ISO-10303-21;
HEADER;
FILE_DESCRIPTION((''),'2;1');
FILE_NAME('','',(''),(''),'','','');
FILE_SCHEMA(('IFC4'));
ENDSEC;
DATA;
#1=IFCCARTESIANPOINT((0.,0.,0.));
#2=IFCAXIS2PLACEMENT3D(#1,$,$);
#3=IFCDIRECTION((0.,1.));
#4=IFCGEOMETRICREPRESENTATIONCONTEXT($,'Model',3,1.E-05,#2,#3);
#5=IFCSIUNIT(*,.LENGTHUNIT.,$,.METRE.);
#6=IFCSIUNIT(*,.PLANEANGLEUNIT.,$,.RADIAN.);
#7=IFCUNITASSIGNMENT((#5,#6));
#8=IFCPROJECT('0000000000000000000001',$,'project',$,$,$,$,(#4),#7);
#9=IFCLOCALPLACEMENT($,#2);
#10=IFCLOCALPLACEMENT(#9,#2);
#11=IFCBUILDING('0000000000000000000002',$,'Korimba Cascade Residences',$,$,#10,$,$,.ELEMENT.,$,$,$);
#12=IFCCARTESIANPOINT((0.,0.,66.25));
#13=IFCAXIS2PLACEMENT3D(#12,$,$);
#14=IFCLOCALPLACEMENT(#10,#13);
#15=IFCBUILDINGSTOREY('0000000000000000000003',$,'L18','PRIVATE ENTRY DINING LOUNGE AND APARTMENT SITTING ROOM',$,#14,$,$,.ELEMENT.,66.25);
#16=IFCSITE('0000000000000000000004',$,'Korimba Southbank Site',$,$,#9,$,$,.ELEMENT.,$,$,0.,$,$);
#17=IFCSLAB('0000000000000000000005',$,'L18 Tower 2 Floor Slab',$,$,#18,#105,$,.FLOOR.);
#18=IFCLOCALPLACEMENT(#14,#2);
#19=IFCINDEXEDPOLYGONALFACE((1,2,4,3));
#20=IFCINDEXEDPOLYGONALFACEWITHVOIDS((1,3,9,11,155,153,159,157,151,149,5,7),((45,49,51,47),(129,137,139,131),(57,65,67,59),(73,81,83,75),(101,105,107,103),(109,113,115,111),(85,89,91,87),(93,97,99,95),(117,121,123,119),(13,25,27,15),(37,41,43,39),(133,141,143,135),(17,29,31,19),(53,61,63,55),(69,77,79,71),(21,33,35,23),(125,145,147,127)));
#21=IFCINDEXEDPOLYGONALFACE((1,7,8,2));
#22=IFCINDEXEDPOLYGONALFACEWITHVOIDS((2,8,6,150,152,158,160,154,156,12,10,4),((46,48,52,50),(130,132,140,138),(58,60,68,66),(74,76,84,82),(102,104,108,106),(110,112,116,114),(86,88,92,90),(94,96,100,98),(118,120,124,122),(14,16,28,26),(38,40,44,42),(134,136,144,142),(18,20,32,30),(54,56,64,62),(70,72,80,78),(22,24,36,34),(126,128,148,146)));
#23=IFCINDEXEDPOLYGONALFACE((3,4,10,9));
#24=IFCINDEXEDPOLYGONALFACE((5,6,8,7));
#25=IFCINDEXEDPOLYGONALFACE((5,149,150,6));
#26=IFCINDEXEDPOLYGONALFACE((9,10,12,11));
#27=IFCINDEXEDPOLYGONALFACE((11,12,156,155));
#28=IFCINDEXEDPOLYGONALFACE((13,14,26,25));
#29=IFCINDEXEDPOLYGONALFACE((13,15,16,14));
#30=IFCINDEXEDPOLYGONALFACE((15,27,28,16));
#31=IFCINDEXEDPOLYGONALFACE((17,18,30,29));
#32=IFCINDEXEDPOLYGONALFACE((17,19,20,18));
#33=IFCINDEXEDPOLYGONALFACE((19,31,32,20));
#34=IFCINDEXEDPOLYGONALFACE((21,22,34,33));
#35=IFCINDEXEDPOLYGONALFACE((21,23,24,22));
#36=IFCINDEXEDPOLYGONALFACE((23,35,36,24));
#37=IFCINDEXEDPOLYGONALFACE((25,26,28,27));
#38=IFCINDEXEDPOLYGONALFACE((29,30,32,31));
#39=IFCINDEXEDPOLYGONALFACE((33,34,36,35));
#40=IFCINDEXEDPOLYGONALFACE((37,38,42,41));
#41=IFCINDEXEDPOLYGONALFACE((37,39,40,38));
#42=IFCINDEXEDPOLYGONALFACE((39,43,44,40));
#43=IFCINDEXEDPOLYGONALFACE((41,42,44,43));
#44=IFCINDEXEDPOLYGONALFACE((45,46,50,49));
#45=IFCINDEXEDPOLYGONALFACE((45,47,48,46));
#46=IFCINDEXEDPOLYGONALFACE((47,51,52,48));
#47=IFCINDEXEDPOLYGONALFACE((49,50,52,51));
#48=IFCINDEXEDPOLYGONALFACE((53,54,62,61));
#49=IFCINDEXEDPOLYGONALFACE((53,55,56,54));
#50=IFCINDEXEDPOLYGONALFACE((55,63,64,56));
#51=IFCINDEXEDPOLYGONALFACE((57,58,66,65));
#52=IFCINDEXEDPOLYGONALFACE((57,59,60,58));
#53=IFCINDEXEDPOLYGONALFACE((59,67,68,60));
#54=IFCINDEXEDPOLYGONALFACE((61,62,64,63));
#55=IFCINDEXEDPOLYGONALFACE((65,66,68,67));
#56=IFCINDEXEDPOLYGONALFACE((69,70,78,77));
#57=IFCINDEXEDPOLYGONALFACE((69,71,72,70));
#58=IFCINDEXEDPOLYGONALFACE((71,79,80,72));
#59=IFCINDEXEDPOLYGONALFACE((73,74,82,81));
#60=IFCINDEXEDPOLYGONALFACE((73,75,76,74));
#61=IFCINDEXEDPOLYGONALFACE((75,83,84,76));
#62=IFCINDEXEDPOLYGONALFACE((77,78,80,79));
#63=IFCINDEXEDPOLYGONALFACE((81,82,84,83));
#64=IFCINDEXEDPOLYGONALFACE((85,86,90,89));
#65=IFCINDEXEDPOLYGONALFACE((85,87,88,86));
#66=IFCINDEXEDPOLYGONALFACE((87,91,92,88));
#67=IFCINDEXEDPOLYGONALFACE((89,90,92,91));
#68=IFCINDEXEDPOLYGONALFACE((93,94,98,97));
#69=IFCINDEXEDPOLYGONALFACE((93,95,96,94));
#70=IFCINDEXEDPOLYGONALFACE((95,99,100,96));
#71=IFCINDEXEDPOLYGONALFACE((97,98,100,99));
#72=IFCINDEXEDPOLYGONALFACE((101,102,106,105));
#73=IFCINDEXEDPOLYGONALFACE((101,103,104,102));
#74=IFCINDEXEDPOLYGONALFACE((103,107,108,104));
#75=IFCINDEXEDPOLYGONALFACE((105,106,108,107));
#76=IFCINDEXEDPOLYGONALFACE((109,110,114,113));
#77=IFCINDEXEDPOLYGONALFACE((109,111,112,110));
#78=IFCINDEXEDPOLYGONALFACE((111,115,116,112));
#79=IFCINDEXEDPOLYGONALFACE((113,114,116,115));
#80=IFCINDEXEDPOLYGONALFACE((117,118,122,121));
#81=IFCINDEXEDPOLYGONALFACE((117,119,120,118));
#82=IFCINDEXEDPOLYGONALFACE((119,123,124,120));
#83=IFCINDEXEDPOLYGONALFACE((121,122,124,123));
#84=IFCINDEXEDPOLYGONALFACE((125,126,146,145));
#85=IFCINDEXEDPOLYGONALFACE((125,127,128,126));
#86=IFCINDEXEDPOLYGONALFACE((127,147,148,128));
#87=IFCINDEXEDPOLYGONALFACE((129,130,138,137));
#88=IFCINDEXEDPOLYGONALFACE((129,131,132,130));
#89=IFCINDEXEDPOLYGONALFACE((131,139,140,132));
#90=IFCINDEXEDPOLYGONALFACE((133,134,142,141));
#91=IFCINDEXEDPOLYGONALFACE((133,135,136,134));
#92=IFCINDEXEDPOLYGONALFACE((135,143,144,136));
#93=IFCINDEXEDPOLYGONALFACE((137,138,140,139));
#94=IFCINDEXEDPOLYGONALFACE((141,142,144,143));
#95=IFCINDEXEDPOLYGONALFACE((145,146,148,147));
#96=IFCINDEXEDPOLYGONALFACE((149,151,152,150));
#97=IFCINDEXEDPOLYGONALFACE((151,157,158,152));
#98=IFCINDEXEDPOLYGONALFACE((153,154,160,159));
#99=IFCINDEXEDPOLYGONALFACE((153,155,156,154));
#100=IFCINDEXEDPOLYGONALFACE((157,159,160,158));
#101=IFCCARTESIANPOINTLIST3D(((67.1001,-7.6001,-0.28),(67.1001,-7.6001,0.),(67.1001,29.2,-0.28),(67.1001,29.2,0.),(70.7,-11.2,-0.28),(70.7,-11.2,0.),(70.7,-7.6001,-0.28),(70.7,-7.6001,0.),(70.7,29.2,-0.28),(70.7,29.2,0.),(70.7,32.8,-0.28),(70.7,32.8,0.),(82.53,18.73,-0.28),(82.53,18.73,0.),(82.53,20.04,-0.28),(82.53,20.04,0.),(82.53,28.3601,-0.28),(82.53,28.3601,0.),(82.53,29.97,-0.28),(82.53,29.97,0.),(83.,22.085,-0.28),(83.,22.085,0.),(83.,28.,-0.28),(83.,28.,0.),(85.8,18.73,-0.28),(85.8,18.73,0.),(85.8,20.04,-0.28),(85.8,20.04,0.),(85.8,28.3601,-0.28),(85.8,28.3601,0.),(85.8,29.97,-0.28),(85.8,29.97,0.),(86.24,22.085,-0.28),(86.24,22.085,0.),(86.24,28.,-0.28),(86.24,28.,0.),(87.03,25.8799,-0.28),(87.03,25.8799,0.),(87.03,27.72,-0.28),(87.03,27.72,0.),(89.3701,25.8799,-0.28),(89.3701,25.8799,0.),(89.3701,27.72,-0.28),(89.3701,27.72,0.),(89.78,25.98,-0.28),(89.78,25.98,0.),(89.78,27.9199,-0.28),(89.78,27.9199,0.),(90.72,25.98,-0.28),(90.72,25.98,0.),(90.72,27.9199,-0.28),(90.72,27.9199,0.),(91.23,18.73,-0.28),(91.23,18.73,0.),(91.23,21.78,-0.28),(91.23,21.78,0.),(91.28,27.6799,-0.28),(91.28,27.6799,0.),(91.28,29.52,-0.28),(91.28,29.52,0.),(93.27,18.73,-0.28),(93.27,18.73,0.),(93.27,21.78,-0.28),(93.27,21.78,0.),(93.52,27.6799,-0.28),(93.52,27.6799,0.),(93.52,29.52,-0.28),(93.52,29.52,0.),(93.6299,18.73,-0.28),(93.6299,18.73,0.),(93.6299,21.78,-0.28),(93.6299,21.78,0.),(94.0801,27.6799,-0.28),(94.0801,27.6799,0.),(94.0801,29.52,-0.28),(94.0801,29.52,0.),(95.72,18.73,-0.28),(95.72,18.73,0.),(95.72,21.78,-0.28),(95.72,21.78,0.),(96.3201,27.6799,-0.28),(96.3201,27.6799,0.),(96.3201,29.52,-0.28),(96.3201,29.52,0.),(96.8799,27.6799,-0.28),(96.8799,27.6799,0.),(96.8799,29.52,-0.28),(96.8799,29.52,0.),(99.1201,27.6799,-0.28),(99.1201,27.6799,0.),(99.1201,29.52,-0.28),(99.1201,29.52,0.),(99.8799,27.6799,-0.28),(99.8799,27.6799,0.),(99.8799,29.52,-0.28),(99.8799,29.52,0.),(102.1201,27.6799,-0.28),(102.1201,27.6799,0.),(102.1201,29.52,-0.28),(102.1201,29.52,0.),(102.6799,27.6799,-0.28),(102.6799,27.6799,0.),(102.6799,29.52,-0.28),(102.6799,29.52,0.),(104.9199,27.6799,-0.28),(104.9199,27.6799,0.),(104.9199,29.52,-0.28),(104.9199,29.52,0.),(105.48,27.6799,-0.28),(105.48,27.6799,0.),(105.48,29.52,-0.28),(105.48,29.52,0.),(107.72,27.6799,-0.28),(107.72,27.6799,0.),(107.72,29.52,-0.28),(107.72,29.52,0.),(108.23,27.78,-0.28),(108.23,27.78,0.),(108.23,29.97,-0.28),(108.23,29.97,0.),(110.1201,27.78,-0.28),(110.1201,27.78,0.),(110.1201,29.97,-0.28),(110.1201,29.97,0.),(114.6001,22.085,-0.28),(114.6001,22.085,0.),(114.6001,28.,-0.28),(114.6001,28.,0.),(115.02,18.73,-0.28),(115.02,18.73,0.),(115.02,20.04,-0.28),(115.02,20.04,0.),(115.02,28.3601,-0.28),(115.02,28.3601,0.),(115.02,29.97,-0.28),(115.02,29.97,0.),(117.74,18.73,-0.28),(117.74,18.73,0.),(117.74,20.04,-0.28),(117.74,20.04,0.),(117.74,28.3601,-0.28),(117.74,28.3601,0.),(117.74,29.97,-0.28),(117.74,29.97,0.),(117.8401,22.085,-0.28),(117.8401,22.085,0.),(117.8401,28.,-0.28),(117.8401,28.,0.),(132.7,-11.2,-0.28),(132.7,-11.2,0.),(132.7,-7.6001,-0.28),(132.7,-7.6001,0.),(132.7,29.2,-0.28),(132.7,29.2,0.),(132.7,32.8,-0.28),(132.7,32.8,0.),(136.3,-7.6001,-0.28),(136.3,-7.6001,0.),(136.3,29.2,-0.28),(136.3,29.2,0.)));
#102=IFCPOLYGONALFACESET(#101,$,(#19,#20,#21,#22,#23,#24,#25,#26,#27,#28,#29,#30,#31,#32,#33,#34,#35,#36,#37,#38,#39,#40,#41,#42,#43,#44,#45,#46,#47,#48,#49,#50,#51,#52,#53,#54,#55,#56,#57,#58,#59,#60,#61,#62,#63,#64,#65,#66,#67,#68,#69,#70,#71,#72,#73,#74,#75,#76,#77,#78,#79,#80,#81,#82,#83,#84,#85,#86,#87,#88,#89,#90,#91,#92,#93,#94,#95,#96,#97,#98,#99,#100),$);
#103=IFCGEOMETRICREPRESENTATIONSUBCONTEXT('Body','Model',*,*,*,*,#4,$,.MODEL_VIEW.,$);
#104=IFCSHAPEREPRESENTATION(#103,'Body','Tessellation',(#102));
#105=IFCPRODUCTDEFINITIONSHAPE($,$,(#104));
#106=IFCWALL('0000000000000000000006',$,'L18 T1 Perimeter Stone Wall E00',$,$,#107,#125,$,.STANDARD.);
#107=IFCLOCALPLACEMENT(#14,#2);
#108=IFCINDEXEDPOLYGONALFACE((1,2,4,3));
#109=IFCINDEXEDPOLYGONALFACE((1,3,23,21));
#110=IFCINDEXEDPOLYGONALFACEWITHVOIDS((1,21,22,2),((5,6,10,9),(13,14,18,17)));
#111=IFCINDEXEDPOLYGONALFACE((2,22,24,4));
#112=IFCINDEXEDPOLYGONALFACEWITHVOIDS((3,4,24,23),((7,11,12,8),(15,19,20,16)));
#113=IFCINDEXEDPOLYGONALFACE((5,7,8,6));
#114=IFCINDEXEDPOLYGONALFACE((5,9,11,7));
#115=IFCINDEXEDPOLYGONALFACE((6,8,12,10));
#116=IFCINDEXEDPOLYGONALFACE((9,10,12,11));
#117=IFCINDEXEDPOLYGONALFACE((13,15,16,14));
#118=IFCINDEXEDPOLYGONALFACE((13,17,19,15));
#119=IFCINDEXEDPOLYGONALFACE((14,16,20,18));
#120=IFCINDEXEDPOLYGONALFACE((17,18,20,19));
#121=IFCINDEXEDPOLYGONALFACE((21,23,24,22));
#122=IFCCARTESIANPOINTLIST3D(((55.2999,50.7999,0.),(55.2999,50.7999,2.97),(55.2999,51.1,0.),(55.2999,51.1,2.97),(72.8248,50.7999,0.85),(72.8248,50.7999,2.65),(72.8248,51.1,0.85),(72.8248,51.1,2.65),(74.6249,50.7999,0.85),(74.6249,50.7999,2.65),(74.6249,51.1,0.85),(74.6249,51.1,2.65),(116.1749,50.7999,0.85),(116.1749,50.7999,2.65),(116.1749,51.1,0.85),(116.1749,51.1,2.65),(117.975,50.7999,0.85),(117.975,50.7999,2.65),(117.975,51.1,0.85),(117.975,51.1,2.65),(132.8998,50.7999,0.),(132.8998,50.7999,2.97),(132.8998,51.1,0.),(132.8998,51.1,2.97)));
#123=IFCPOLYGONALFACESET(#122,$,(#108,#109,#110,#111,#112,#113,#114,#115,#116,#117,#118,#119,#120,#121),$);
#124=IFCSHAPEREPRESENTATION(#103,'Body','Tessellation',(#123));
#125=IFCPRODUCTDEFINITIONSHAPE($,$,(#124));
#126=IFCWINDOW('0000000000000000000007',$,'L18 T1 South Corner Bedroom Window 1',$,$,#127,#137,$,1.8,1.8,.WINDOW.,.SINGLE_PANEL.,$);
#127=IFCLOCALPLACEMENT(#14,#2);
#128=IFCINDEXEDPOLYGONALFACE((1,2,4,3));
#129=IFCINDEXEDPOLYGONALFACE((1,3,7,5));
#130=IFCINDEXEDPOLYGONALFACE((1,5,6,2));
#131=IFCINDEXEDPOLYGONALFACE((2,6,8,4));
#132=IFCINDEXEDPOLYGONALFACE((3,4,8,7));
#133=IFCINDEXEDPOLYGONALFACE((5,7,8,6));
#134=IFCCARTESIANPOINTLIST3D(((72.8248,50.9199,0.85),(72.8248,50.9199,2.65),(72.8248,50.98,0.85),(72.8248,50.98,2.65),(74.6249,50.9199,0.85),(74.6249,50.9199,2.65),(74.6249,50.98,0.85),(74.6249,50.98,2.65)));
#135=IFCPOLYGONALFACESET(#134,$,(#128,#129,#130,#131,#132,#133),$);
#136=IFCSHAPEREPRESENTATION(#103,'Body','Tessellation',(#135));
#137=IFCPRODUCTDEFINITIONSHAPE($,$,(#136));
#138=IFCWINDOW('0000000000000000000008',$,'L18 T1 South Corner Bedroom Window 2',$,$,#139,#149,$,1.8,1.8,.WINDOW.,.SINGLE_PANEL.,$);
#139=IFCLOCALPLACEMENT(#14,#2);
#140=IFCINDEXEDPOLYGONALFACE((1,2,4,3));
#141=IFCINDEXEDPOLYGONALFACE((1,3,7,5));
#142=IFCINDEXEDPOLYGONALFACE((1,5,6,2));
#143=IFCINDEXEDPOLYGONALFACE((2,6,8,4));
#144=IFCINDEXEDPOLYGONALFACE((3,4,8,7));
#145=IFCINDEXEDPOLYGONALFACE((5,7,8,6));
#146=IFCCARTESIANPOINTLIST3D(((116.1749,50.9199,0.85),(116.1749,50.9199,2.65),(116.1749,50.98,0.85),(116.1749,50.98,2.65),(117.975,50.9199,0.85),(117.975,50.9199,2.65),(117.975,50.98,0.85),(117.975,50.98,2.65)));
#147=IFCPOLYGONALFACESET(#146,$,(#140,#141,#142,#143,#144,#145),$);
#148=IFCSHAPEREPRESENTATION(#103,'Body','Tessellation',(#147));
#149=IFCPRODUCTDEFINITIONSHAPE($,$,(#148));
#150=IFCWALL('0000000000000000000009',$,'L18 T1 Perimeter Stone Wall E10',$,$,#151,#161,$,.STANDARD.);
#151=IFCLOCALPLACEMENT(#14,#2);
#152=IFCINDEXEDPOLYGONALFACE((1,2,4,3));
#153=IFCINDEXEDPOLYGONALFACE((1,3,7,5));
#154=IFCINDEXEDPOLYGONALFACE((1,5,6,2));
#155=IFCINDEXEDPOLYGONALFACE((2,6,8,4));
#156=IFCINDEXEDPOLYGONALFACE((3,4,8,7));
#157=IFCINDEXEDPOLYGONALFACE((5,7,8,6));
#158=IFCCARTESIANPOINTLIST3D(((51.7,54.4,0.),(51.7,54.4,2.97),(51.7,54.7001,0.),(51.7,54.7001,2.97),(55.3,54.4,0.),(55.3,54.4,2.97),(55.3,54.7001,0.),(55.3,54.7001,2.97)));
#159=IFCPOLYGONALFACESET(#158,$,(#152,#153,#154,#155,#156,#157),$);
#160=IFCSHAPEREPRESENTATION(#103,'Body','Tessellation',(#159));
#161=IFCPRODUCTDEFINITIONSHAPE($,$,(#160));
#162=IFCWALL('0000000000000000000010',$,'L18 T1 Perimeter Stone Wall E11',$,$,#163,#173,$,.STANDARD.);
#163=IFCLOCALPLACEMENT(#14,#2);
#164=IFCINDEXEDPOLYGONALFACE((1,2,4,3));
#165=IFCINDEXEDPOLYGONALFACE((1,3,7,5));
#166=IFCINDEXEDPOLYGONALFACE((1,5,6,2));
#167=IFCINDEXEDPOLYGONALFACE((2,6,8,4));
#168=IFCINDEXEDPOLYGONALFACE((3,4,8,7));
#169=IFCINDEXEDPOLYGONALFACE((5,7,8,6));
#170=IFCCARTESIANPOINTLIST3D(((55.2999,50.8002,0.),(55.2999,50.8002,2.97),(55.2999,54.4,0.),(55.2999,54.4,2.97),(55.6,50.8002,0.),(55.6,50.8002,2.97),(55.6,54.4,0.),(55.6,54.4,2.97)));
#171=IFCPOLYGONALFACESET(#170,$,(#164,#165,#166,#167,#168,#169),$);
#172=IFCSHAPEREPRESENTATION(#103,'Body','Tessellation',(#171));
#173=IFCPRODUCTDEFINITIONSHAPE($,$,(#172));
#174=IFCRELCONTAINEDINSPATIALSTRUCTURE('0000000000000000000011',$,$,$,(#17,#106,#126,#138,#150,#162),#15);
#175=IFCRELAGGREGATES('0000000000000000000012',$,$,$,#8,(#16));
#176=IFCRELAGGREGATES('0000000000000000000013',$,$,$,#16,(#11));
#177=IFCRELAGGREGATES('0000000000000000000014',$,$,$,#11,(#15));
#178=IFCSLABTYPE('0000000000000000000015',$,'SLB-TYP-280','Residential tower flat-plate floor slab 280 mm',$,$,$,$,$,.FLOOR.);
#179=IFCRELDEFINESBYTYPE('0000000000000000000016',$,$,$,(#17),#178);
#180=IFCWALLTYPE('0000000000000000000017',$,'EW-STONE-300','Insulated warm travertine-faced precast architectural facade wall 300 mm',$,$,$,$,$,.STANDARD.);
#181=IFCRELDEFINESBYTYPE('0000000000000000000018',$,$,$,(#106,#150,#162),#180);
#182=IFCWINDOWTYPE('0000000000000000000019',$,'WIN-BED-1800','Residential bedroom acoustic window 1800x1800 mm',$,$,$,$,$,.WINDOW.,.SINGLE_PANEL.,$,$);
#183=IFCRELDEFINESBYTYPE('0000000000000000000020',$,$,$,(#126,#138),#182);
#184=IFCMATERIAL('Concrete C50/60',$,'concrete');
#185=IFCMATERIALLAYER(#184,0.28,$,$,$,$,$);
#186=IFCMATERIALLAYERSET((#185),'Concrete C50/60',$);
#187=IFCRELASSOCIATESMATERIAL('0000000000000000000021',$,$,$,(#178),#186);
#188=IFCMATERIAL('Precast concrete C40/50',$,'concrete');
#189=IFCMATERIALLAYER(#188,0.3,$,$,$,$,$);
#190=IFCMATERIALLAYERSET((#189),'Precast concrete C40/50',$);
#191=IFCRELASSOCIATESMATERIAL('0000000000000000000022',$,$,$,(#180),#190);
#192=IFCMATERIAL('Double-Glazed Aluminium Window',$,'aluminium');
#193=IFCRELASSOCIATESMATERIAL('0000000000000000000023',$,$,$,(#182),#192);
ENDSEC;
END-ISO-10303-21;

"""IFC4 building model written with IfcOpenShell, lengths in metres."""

from ifc_helpers import new_model, si_unit, direction, frame, frame_2d, origin, place, context, subcontext, project, spatial, polyline, rectangle, outline, extrude, material, layer, layer_set, type_object, element, fill, save


model = new_model("IFC4")

# Units and contexts
model_context = context("Model", 3, precision=1e-05, world=origin(), true_north=direction((0.0, 1.0)))
body_context = subcontext(model_context, "Body", "Model", "MODEL_VIEW")
ifc_project = project(units=[si_unit("LENGTHUNIT", "METRE"), si_unit("PLANEANGLEUNIT", "RADIAN")], contexts=[model_context])

# Site, building, storey
site_placement = place(None, origin())
site = spatial("IfcSite", under=ifc_project, at=site_placement, Name="Korimba Southbank Site", CompositionType="ELEMENT", RefElevation=0.0)
building_placement = place(site_placement, origin())
building = spatial("IfcBuilding", under=site, at=building_placement, Name="Korimba Cascade Residences", CompositionType="ELEMENT")
storey_placement = place(building_placement, frame((0.0, 0.0, 66.25)))
storey = spatial("IfcBuildingStorey", under=building, at=storey_placement, Name="L18", Description="PRIVATE ENTRY DINING LOUNGE AND APARTMENT SITTING ROOM", CompositionType="ELEMENT", Elevation=66.25)

# Shared definitions
ifc_material_1 = material(Name="Concrete C50/60", Category="concrete")

# Slab
ifc_material_2 = material(Name="Precast concrete C40/50", Category="concrete")
ifc_layer_1 = layer(ifc_material_1, 0.28)
ifc_layer_set_1 = layer_set([ifc_layer_1], Name="Concrete C50/60")
slab_type_1 = type_object("IfcSlabType", Name="SLB-TYP-280", Description="Residential tower flat-plate floor slab 280 mm", PredefinedType="FLOOR", material=ifc_layer_set_1)
slab_1_placement = place(storey_placement, frame((0.0, 0.0, -0.28)))
element("IfcSlab", 1, at=slab_1_placement, inside=storey, type_object=slab_type_1, Name="L18 Tower 2 Floor Slab", PredefinedType="FLOOR", context=body_context, shape_type="SweptSolid", body=[
    extrude(outline(polyline([(70.7, -11.2), (132.7, -11.2), (132.7, -7.6001), (136.3, -7.6001), (136.3, 29.2), (132.7, 29.2), (132.7, 32.8), (70.7, 32.8), (70.7, 29.2), (67.1001, 29.2), (67.1001, -7.6001), (70.7, -7.6001), (70.7, -11.2)]), holes=[polyline([(86.24, 22.085), (86.24, 28.0), (83.0, 28.0), (83.0, 22.085), (86.24, 22.085)]), polyline([(117.8401, 22.085), (117.8401, 28.0), (114.6001, 28.0), (114.6001, 22.085), (117.8401, 22.085)]), polyline([(87.03, 25.8799), (89.3701, 25.8799), (89.3701, 27.72), (87.03, 27.72), (87.03, 25.8799)]), polyline([(91.28, 27.6799), (93.52, 27.6799), (93.52, 29.52), (91.28, 29.52), (91.28, 27.6799)]), polyline([(94.0801, 27.6799), (96.3201, 27.6799), (96.3201, 29.52), (94.0801, 29.52), (94.0801, 27.6799)]), polyline([(96.8799, 27.6799), (99.1201, 27.6799), (99.1201, 29.52), (96.8799, 29.52), (96.8799, 27.6799)]), polyline([(99.8799, 27.6799), (102.1201, 27.6799), (102.1201, 29.52), (99.8799, 29.52), (99.8799, 27.6799)]), polyline([(102.6799, 27.6799), (104.9199, 27.6799), (104.9199, 29.52), (102.6799, 29.52), (102.6799, 27.6799)]), polyline([(105.48, 27.6799), (107.72, 27.6799), (107.72, 29.52), (105.48, 29.52), (105.48, 27.6799)]), polyline([(89.78, 25.98), (90.72, 25.98), (90.72, 27.9199), (89.78, 27.9199), (89.78, 25.98)]), polyline([(82.53, 18.73), (85.8, 18.73), (85.8, 20.04), (82.53, 20.04), (82.53, 18.73)]), polyline([(82.53, 28.3601), (85.8, 28.3601), (85.8, 29.97), (82.53, 29.97), (82.53, 28.3601)]), polyline([(108.23, 27.78), (110.1201, 27.78), (110.1201, 29.97), (108.23, 29.97), (108.23, 27.78)]), polyline([(91.23, 18.73), (93.27, 18.73), (93.27, 21.78), (91.23, 21.78), (91.23, 18.73)]), polyline([(93.6299, 18.73), (95.72, 18.73), (95.72, 21.78), (93.6299, 21.78), (93.6299, 18.73)]), polyline([(115.02, 18.73), (117.74, 18.73), (117.74, 20.04), (115.02, 20.04), (115.02, 18.73)]), polyline([(115.02, 28.3601), (117.74, 28.3601), (117.74, 29.97), (115.02, 29.97), (115.02, 28.3601)])]), origin(), (0.0, 0.0, 1.0), 0.28),
])

# Wall, openings, windows
ifc_layer_2 = layer(ifc_material_2, 0.3)
ifc_layer_set_2 = layer_set([ifc_layer_2], Name="Precast concrete C40/50")
wall_type_1 = type_object("IfcWallType", Name="EW-STONE-300", Description="Insulated warm travertine-faced precast architectural facade wall 300 mm", PredefinedType="STANDARD", material=ifc_layer_set_2)
wall_1_placement = place(storey_placement, frame((55.3, 50.95, 0.0), z_axis=(0.0, 0.0, 1.0), x_axis=(1.0, 0.0, 0.0)))
wall_1 = element("IfcWall", 2, at=wall_1_placement, inside=storey, type_object=wall_type_1, Name="L18 T1 Perimeter Stone Wall E00", PredefinedType="STANDARD", context=body_context, shape_type="SweptSolid", body=[
    extrude(rectangle(XDim=77.5999, YDim=0.3, at=frame_2d((38.7998, 0.0))), origin(), (0.0, 0.0, 1.0), 2.97),
])
opening_1_placement = place(wall_1_placement, frame((17.5249, 0.0, 0.8501)))
opening_1 = element("IfcOpeningElement", 3, at=opening_1_placement, cuts=wall_1, PredefinedType="OPENING", context=body_context, shape_type="SweptSolid", body=[
    extrude(rectangle(XDim=1.8, YDim=1.8, at=frame_2d((0.8999, 0.8999))), frame((0.0, 0.1602, 0.0), z_axis=(0.0, -1.0, 0.0), x_axis=(1.0, 0.0, 0.0)), (0.0, 0.0, 1.0), 0.3201),
])
opening_2_placement = place(wall_1_placement, frame((60.875, 0.0, 0.8501)))
opening_2 = element("IfcOpeningElement", 4, at=opening_2_placement, cuts=wall_1, PredefinedType="OPENING", context=body_context, shape_type="SweptSolid", body=[
    extrude(rectangle(XDim=1.8, YDim=1.8, at=frame_2d((0.8999, 0.8999))), frame((0.0, 0.1602, 0.0), z_axis=(0.0, -1.0, 0.0), x_axis=(1.0, 0.0, 0.0)), (0.0, 0.0, 1.0), 0.3201),
])
ifc_material_3 = material(Name="Double-Glazed Aluminium Window", Category="aluminium")
window_type = type_object("IfcWindowType", Name="WIN-BED-1800", Description="Residential bedroom acoustic window 1800x1800 mm", PartitioningType="SINGLE_PANEL", PredefinedType="WINDOW", material=ifc_material_3)
window_1_placement = place(opening_1_placement, origin())
window_1 = element("IfcWindow", 5, at=window_1_placement, inside=storey, type_object=window_type, Name="L18 T1 South Corner Bedroom Window 1", OverallHeight=1.8, OverallWidth=1.8, PartitioningType="SINGLE_PANEL", PredefinedType="WINDOW", context=body_context, shape_type="SweptSolid", body=[
    extrude(rectangle(XDim=1.8, YDim=1.8, at=frame_2d((0.8999, 0.8999))), frame((0.0, 0.03, 0.0), z_axis=(0.0, -1.0, 0.0), x_axis=(1.0, 0.0, 0.0)), (0.0, 0.0, 1.0), 0.0601),
])
fill(opening_1, window_1)
window_2_placement = place(opening_2_placement, origin())
window_2 = element("IfcWindow", 6, at=window_2_placement, inside=storey, type_object=window_type, Name="L18 T1 South Corner Bedroom Window 2", OverallHeight=1.8, OverallWidth=1.8, PartitioningType="SINGLE_PANEL", PredefinedType="WINDOW", context=body_context, shape_type="SweptSolid", body=[
    extrude(rectangle(XDim=1.8, YDim=1.8, at=frame_2d((0.8999, 0.8999))), frame((0.0, 0.03, 0.0), z_axis=(0.0, -1.0, 0.0), x_axis=(1.0, 0.0, 0.0)), (0.0, 0.0, 1.0), 0.0601),
])
fill(opening_2, window_2)

# Walls
wall_2_placement = place(storey_placement, frame((51.7, 54.55, 0.0), z_axis=(0.0, 0.0, 1.0), x_axis=(1.0, 0.0, 0.0)))
element("IfcWall", 7, at=wall_2_placement, inside=storey, type_object=wall_type_1, Name="L18 T1 Perimeter Stone Wall E10", PredefinedType="STANDARD", context=body_context, shape_type="SweptSolid", body=[
    extrude(rectangle(XDim=3.6001, YDim=0.3, at=frame_2d((1.8, 0.0))), origin(), (0.0, 0.0, 1.0), 2.97),
])
wall_3_placement = place(storey_placement, frame((55.45, 54.3999, 0.0), z_axis=(0.0, 0.0, 1.0), x_axis=(0.0, -1.0, 0.0)))
element("IfcWall", 8, at=wall_3_placement, inside=storey, type_object=wall_type_1, Name="L18 T1 Perimeter Stone Wall E11", PredefinedType="STANDARD", context=body_context, shape_type="SweptSolid", body=[
    extrude(rectangle(XDim=3.5999, YDim=0.3, at=frame_2d((1.7998, 0.0))), origin(), (0.0, 0.0, 1.0), 2.97),
])

save(model, "model.ifc")
